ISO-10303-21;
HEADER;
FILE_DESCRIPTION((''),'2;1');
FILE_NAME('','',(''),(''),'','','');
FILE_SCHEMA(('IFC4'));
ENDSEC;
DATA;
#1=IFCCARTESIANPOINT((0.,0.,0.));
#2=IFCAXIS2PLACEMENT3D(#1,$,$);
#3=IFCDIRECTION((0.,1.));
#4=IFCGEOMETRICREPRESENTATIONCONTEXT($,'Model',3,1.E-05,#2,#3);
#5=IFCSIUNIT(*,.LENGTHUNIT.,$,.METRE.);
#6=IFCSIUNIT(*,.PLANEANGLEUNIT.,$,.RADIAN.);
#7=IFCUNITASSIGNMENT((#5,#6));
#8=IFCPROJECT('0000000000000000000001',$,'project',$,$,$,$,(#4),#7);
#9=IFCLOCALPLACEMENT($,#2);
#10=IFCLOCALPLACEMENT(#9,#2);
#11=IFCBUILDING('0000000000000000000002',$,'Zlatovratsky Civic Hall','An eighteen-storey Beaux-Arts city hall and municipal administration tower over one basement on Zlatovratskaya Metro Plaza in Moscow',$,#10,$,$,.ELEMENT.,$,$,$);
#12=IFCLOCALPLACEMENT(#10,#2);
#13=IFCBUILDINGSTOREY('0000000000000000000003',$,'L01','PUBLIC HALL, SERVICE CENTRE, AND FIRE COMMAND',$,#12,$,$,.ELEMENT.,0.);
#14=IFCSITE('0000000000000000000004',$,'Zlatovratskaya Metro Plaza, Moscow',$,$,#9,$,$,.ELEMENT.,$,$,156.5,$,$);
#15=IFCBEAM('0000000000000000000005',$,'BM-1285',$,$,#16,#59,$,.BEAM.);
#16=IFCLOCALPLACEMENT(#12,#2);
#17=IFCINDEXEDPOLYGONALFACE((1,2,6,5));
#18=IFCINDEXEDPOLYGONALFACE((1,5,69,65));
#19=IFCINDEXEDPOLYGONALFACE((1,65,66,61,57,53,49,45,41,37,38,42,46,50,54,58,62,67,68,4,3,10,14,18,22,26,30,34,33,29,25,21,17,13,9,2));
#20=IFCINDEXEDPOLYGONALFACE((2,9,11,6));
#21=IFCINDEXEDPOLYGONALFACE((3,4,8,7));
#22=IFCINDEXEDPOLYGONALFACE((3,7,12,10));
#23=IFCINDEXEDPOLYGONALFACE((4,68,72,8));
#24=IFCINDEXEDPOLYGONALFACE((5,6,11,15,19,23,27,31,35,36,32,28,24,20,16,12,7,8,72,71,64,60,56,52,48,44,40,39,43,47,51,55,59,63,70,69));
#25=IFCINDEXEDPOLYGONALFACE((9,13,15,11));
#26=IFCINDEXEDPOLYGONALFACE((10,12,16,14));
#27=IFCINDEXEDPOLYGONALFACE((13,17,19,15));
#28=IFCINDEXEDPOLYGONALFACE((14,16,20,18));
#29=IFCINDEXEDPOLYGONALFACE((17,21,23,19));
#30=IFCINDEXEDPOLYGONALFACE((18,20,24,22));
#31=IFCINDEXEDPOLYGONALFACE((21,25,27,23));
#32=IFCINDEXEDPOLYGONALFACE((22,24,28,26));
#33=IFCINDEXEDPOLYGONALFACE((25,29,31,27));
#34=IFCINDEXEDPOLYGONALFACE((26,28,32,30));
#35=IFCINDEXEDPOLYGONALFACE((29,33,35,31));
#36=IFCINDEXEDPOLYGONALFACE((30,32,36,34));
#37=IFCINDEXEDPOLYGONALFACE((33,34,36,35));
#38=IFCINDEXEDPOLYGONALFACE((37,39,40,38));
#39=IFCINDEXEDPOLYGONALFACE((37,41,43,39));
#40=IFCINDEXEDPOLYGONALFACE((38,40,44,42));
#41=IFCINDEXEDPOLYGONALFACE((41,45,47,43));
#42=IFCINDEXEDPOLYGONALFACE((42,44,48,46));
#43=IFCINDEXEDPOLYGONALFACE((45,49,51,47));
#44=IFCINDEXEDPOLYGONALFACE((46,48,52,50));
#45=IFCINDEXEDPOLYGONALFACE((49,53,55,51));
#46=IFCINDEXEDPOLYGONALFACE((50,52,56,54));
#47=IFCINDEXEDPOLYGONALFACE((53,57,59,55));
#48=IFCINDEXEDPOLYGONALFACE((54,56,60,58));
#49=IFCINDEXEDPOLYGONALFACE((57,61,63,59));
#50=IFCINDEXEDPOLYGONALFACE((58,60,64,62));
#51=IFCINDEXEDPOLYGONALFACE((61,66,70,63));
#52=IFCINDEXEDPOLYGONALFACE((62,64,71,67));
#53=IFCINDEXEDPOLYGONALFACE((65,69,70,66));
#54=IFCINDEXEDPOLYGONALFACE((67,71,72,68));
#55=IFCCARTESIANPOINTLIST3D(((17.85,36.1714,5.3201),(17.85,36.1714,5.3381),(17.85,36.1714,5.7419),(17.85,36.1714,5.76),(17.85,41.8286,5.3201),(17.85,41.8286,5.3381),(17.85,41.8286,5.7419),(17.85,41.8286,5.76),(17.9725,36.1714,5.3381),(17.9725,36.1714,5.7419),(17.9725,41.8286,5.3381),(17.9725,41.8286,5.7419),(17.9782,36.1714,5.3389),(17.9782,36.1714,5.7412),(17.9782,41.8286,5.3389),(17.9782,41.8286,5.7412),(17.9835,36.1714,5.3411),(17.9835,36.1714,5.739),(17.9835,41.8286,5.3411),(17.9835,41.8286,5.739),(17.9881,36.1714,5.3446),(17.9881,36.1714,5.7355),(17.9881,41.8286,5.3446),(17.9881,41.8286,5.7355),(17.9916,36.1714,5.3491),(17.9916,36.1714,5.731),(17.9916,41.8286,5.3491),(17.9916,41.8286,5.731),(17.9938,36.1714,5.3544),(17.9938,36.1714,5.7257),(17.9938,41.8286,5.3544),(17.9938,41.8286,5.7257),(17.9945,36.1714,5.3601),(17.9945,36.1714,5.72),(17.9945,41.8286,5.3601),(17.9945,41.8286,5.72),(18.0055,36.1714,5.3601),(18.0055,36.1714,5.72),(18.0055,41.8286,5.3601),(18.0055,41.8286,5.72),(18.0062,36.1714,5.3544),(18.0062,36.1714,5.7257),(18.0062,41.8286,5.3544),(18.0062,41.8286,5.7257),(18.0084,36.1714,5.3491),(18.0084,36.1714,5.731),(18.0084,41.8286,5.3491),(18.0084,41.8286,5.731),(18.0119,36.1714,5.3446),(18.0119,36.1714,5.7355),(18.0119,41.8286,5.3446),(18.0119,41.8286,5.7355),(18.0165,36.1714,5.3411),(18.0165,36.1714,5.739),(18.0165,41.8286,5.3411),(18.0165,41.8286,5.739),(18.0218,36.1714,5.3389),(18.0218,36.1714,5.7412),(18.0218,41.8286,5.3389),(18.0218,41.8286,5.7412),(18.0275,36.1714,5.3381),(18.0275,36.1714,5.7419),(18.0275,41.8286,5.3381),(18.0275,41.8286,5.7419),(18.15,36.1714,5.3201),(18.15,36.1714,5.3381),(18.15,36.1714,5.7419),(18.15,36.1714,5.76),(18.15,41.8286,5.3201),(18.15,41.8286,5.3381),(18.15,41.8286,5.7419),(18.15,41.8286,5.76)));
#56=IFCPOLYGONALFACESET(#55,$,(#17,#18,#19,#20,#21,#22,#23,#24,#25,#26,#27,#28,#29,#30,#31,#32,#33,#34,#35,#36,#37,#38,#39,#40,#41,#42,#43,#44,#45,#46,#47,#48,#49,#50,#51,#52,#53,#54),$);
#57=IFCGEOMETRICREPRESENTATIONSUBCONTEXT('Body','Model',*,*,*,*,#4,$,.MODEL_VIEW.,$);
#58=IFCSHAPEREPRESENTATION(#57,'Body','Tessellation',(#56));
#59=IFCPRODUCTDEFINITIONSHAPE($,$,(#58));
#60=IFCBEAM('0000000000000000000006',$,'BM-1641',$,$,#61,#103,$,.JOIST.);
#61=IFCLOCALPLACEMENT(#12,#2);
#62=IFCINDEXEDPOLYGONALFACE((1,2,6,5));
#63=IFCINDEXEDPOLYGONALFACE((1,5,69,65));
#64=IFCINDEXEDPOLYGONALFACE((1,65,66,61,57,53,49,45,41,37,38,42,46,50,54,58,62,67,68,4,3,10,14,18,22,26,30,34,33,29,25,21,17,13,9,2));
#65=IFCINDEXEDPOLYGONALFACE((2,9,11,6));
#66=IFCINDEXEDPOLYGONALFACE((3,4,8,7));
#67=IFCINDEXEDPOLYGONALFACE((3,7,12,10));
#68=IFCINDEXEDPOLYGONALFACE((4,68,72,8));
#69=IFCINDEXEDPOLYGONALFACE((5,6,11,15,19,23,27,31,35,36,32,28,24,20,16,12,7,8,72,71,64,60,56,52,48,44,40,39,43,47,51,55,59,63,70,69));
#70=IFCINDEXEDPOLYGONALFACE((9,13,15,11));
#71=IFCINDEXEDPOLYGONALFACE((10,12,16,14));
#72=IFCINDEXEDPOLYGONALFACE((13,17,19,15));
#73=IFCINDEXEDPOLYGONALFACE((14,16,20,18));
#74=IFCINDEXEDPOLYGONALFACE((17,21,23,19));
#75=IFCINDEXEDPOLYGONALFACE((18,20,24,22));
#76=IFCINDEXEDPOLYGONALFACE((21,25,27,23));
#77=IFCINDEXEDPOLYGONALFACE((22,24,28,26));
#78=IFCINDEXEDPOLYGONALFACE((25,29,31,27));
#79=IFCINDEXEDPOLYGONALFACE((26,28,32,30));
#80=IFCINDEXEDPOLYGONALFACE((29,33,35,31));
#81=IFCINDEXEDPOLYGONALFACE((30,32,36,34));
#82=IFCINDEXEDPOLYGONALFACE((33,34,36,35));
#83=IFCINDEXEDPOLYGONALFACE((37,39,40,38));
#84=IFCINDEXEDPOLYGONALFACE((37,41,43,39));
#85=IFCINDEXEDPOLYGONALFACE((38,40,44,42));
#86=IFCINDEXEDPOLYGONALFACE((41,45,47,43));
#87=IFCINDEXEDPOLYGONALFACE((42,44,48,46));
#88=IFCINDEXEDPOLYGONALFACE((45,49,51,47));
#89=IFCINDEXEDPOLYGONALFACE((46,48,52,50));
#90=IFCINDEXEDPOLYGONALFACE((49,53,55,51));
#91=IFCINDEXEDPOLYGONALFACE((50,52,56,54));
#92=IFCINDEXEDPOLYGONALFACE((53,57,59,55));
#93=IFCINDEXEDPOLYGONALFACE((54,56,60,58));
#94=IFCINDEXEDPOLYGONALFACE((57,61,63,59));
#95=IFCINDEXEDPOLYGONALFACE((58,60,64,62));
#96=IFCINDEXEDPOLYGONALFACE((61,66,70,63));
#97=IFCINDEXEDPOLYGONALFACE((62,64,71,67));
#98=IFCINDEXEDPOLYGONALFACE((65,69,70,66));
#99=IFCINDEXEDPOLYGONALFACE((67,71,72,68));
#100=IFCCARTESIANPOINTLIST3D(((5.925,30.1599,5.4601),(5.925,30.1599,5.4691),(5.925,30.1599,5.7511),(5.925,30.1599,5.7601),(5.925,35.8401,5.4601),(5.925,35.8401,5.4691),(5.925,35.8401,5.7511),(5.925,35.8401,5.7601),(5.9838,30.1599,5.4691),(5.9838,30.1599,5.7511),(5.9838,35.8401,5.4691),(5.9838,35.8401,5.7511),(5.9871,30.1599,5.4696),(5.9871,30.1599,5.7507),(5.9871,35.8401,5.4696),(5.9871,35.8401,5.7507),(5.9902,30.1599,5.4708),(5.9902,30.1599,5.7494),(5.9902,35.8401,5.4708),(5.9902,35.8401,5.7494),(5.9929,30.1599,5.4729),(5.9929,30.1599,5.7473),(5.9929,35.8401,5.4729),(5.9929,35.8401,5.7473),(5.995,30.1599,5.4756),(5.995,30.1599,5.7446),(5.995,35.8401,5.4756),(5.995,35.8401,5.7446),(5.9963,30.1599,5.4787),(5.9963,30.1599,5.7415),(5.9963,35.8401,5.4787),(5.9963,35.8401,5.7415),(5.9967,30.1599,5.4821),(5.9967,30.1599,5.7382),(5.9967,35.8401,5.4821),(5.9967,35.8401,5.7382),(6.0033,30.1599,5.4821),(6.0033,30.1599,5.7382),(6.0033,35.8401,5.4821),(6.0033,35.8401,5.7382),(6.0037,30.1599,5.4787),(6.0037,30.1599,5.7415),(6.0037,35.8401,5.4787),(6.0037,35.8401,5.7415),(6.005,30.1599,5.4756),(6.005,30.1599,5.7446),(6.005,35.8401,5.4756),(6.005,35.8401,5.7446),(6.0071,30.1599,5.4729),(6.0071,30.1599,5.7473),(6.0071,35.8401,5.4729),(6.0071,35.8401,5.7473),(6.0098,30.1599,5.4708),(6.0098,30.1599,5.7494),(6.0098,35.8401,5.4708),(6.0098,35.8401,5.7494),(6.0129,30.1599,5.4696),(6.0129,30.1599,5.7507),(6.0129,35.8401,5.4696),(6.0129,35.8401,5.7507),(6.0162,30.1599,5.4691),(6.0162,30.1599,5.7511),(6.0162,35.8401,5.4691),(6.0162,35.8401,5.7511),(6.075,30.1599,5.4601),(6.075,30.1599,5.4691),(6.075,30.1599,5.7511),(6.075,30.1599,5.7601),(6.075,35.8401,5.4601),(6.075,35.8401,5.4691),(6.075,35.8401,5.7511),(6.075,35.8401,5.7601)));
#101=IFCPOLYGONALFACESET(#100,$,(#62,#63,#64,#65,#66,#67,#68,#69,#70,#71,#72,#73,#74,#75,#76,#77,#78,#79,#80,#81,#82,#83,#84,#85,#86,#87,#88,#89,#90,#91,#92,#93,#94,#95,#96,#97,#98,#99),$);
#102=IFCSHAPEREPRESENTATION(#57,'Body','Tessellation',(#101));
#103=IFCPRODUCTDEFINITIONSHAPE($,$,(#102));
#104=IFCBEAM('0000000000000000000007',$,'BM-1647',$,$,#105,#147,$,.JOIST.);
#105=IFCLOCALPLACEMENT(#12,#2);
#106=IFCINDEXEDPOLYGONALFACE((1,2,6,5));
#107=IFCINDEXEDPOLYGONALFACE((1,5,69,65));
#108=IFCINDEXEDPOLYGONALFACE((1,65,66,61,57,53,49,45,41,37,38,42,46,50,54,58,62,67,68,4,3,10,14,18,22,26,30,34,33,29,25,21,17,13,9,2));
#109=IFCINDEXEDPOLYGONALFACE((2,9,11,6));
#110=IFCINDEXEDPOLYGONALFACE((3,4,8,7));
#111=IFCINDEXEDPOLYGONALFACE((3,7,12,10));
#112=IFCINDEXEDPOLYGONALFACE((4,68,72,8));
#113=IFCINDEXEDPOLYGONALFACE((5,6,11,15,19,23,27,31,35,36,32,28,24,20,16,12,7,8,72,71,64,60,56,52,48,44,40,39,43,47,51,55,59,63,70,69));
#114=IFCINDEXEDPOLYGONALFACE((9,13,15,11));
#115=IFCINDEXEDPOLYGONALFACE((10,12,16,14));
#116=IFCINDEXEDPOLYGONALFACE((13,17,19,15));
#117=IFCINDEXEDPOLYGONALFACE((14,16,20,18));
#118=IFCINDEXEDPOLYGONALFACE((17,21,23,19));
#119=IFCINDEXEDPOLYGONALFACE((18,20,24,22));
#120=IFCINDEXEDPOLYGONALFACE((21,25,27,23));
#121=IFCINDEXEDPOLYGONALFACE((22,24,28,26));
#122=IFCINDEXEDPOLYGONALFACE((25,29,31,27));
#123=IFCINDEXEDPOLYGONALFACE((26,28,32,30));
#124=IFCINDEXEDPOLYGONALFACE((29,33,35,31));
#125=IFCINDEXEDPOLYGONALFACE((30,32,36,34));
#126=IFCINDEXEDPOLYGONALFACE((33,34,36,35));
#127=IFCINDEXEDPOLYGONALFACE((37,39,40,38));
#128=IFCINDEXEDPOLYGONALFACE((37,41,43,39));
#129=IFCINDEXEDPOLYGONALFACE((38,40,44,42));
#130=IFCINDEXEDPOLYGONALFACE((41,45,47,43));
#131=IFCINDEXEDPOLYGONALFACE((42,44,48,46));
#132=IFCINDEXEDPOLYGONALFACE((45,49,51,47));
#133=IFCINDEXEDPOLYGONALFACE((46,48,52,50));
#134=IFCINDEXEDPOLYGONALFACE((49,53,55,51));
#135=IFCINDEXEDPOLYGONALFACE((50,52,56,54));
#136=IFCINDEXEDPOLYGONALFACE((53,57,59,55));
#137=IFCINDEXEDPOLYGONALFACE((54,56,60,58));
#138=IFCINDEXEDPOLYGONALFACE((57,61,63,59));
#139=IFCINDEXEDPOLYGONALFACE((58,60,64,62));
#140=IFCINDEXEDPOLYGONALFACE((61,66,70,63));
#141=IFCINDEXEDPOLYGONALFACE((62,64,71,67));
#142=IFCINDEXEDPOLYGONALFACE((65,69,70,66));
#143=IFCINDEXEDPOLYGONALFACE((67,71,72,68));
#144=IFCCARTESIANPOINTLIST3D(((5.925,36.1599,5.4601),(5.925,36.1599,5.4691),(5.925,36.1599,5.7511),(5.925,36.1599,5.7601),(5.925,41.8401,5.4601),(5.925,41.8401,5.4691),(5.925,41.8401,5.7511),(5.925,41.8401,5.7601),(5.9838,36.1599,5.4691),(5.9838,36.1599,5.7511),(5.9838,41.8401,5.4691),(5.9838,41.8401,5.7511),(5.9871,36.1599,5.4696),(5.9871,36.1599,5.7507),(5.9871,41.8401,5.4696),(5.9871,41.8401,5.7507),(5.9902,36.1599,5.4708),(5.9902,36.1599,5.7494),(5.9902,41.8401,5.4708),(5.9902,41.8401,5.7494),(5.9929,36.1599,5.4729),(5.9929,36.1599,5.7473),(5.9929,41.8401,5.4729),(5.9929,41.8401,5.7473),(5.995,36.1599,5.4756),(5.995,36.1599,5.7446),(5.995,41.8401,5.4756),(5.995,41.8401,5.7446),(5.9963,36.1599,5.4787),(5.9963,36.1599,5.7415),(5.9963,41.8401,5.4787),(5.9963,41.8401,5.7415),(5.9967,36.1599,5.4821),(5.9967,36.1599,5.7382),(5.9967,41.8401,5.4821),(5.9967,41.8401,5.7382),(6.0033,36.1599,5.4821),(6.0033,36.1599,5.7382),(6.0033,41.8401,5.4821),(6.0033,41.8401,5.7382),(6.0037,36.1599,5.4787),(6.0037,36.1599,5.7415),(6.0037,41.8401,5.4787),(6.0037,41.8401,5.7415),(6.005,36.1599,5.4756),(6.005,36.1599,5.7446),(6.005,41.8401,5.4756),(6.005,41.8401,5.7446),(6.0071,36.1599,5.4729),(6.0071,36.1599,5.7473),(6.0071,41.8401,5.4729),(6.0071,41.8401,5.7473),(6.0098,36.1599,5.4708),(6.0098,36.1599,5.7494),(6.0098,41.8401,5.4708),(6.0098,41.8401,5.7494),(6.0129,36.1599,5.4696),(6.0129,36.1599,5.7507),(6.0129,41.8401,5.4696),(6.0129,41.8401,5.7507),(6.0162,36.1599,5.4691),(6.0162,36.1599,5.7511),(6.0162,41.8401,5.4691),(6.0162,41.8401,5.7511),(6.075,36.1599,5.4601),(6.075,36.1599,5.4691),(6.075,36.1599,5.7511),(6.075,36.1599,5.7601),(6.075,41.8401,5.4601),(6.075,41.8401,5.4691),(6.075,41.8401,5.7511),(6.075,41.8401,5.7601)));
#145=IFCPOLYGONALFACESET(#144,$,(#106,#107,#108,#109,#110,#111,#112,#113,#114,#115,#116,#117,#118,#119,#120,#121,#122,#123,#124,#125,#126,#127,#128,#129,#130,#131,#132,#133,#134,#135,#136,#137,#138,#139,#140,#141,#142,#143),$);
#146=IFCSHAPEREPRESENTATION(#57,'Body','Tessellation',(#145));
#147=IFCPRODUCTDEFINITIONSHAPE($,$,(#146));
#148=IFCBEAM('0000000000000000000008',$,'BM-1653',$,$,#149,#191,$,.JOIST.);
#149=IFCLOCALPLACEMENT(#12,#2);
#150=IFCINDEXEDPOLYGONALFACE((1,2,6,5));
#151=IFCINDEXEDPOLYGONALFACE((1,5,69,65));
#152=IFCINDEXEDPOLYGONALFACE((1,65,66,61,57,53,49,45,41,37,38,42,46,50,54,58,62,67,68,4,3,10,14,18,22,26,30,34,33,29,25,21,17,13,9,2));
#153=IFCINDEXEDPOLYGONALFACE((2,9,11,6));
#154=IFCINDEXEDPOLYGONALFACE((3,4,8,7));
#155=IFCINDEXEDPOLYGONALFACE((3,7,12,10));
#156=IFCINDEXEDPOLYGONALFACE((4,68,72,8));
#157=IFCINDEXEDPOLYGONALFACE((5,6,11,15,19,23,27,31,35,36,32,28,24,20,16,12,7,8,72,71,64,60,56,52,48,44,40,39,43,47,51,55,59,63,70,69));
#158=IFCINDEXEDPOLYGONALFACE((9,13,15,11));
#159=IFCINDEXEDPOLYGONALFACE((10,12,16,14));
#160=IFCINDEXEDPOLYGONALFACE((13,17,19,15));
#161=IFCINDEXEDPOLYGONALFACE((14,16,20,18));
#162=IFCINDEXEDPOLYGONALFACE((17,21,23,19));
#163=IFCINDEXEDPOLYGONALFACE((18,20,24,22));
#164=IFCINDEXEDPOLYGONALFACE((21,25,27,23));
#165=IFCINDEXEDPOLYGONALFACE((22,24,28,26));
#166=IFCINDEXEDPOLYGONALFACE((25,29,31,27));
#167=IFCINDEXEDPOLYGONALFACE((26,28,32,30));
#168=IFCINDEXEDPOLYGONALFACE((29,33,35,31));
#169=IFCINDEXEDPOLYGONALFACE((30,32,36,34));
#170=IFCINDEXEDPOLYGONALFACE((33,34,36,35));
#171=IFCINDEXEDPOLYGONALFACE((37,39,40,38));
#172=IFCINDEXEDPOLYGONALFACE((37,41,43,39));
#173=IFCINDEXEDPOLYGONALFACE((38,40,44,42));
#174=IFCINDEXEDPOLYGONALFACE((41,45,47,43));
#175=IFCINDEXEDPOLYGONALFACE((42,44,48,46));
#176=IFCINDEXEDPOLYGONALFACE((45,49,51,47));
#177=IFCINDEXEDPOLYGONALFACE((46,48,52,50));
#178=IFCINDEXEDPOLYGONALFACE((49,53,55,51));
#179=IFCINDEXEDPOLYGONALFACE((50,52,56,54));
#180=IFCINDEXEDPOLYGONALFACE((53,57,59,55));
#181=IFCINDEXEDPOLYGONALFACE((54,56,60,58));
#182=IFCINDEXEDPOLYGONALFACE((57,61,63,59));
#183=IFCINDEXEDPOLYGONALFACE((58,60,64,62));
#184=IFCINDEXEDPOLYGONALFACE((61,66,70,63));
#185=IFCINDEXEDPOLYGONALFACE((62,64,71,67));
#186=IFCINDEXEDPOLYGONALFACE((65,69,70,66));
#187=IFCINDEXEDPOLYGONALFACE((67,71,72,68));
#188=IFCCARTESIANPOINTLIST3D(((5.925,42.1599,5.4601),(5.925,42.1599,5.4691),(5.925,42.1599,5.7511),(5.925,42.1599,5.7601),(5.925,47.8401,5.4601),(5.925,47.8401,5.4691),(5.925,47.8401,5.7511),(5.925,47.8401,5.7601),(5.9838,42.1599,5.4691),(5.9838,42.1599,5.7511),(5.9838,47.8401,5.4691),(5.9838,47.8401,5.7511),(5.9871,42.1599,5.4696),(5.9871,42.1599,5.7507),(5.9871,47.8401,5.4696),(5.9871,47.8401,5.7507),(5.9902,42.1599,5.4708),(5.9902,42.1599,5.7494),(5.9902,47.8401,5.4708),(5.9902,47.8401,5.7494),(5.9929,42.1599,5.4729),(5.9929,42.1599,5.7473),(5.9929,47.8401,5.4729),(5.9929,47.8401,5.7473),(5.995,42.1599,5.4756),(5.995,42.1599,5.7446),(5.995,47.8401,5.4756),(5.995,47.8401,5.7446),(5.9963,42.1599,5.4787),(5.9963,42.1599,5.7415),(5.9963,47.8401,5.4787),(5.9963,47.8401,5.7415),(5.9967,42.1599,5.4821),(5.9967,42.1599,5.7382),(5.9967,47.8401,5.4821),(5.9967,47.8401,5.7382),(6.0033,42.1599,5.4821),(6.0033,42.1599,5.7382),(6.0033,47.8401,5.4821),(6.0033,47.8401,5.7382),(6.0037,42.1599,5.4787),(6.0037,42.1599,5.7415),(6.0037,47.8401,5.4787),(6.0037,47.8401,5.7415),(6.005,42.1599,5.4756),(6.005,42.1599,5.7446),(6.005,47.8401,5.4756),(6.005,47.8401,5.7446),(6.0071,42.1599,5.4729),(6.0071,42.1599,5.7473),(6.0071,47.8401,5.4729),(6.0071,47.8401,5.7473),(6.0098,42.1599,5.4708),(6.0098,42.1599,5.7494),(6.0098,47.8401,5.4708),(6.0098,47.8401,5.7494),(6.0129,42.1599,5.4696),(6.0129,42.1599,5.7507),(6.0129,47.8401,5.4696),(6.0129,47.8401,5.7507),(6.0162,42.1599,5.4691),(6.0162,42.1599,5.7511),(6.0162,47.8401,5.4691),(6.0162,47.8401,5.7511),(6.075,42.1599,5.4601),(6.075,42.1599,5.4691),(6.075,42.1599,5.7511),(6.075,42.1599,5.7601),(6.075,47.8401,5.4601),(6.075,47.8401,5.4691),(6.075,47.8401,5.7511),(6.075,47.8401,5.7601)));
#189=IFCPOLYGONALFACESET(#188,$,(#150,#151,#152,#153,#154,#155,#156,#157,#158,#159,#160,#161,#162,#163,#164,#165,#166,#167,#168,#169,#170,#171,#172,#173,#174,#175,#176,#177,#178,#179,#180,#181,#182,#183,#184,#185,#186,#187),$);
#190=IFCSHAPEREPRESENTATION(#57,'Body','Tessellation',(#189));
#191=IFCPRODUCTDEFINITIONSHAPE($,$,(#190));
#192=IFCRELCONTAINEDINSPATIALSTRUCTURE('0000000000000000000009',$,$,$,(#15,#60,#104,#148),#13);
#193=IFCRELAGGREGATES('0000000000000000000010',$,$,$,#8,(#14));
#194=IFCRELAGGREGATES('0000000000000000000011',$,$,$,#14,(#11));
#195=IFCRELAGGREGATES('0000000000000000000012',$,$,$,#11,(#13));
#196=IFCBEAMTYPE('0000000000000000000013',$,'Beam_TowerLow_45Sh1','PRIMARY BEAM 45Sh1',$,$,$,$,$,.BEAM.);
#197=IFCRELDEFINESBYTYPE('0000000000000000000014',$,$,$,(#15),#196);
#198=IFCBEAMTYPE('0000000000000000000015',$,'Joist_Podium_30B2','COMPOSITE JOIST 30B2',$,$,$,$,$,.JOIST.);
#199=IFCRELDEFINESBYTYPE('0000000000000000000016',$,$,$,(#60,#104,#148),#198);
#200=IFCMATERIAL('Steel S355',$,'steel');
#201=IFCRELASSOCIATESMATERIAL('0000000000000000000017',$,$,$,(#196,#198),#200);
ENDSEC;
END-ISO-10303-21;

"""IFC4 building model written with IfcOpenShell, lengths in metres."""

from ifc_helpers import new_model, si_unit, direction, frame, origin, origin_2d, place, context, subcontext, project, spatial, i_section, extrude, material, material_profile, profile_set, type_object, element, save


model = new_model("IFC4")

# Units and contexts
model_context = context("Model", 3, precision=1e-05, world=origin(), true_north=direction((0.0, 1.0)))
body_context = subcontext(model_context, "Body", "Model", "MODEL_VIEW")
ifc_project = project(units=[si_unit("LENGTHUNIT", "METRE"), si_unit("PLANEANGLEUNIT", "RADIAN")], contexts=[model_context])

# Site, building, storey
site_placement = place(None, origin())
site = spatial("IfcSite", under=ifc_project, at=site_placement, Name="Zlatovratskaya Metro Plaza, Moscow", CompositionType="ELEMENT", RefElevation=156.5)
building_placement = place(site_placement, origin())
building = spatial("IfcBuilding", under=site, at=building_placement, Name="Zlatovratsky Civic Hall", Description="An eighteen-storey Beaux-Arts city hall and municipal administration tower over one basement on Zlatovratskaya Metro Plaza in Moscow", CompositionType="ELEMENT")
storey_placement = place(building_placement, origin())
storey = spatial("IfcBuildingStorey", under=building, at=storey_placement, Name="L01", Description="PUBLIC HALL, SERVICE CENTRE, AND FIRE COMMAND", CompositionType="ELEMENT", Elevation=0.0)

# Shared definitions
ifc_material_1 = material(Name="Steel S355", Category="steel")

# Beams
ifc_material_profile_1 = material_profile(ifc_material_1, i_section(OverallWidth=0.3, OverallDepth=0.4399, WebThickness=0.011, FlangeThickness=0.0181, FilletRadius=0.022, at=origin_2d()), Name="45Sh1")
ifc_profile_set_1 = profile_set([ifc_material_profile_1], Name="Steel S355")
beam_type_1 = type_object("IfcBeamType", Name="Beam_TowerLow_45Sh1", Description="PRIMARY BEAM 45Sh1", PredefinedType="BEAM", material=ifc_profile_set_1)
beam_1_placement = place(storey_placement, frame((18.0, 36.1714, 5.54), z_axis=(0.0, 1.0, 0.0), x_axis=(-1.0, 0.0, 0.0)))
element("IfcBeam", 1, at=beam_1_placement, inside=storey, type_object=beam_type_1, Name="BM-1285", PredefinedType="BEAM", context=body_context, shape_type="SweptSolid", body=[
    extrude(i_section(OverallWidth=0.3, OverallDepth=0.4399, WebThickness=0.011, FlangeThickness=0.0181, FilletRadius=0.022, at=origin_2d()), origin(), (0.0, 0.0, 1.0), 5.6572),
])
ifc_material_profile_2 = material_profile(ifc_material_1, i_section(OverallWidth=0.1499, OverallDepth=0.3, WebThickness=0.0066, FlangeThickness=0.009, FilletRadius=0.0129, at=origin_2d()), Name="30B2")
ifc_profile_set_2 = profile_set([ifc_material_profile_2], Name="Steel S355")
beam_type_2 = type_object("IfcBeamType", Name="Joist_Podium_30B2", Description="COMPOSITE JOIST 30B2", PredefinedType="JOIST", material=ifc_profile_set_2)
for number, where, z_axis, x_axis, name in (
    (2, (6.0, 30.1599, 5.6101), (0.0, 1.0, 0.0), (-1.0, 0.0, 0.0), "BM-1641"),
    (3, (6.0, 36.1599, 5.6101), (0.0, 1.0, 0.0), (-1.0, 0.0, 0.0), "BM-1647"),
    (4, (6.0, 42.1599, 5.6101), (0.0, 1.0, 0.0), (-1.0, 0.0, 0.0), "BM-1653"),
):
    element("IfcBeam", number, at=place(storey_placement, frame(where, z_axis=z_axis, x_axis=x_axis)), inside=storey, type_object=beam_type_2, Name=name, PredefinedType="JOIST", context=body_context, shape_type="SweptSolid", body=[
        extrude(i_section(OverallWidth=0.1499, OverallDepth=0.3, WebThickness=0.0066, FlangeThickness=0.009, FilletRadius=0.0129, at=origin_2d()), origin(), (0.0, 0.0, 1.0), 5.6802),
    ])

save(model, "model.ifc")
